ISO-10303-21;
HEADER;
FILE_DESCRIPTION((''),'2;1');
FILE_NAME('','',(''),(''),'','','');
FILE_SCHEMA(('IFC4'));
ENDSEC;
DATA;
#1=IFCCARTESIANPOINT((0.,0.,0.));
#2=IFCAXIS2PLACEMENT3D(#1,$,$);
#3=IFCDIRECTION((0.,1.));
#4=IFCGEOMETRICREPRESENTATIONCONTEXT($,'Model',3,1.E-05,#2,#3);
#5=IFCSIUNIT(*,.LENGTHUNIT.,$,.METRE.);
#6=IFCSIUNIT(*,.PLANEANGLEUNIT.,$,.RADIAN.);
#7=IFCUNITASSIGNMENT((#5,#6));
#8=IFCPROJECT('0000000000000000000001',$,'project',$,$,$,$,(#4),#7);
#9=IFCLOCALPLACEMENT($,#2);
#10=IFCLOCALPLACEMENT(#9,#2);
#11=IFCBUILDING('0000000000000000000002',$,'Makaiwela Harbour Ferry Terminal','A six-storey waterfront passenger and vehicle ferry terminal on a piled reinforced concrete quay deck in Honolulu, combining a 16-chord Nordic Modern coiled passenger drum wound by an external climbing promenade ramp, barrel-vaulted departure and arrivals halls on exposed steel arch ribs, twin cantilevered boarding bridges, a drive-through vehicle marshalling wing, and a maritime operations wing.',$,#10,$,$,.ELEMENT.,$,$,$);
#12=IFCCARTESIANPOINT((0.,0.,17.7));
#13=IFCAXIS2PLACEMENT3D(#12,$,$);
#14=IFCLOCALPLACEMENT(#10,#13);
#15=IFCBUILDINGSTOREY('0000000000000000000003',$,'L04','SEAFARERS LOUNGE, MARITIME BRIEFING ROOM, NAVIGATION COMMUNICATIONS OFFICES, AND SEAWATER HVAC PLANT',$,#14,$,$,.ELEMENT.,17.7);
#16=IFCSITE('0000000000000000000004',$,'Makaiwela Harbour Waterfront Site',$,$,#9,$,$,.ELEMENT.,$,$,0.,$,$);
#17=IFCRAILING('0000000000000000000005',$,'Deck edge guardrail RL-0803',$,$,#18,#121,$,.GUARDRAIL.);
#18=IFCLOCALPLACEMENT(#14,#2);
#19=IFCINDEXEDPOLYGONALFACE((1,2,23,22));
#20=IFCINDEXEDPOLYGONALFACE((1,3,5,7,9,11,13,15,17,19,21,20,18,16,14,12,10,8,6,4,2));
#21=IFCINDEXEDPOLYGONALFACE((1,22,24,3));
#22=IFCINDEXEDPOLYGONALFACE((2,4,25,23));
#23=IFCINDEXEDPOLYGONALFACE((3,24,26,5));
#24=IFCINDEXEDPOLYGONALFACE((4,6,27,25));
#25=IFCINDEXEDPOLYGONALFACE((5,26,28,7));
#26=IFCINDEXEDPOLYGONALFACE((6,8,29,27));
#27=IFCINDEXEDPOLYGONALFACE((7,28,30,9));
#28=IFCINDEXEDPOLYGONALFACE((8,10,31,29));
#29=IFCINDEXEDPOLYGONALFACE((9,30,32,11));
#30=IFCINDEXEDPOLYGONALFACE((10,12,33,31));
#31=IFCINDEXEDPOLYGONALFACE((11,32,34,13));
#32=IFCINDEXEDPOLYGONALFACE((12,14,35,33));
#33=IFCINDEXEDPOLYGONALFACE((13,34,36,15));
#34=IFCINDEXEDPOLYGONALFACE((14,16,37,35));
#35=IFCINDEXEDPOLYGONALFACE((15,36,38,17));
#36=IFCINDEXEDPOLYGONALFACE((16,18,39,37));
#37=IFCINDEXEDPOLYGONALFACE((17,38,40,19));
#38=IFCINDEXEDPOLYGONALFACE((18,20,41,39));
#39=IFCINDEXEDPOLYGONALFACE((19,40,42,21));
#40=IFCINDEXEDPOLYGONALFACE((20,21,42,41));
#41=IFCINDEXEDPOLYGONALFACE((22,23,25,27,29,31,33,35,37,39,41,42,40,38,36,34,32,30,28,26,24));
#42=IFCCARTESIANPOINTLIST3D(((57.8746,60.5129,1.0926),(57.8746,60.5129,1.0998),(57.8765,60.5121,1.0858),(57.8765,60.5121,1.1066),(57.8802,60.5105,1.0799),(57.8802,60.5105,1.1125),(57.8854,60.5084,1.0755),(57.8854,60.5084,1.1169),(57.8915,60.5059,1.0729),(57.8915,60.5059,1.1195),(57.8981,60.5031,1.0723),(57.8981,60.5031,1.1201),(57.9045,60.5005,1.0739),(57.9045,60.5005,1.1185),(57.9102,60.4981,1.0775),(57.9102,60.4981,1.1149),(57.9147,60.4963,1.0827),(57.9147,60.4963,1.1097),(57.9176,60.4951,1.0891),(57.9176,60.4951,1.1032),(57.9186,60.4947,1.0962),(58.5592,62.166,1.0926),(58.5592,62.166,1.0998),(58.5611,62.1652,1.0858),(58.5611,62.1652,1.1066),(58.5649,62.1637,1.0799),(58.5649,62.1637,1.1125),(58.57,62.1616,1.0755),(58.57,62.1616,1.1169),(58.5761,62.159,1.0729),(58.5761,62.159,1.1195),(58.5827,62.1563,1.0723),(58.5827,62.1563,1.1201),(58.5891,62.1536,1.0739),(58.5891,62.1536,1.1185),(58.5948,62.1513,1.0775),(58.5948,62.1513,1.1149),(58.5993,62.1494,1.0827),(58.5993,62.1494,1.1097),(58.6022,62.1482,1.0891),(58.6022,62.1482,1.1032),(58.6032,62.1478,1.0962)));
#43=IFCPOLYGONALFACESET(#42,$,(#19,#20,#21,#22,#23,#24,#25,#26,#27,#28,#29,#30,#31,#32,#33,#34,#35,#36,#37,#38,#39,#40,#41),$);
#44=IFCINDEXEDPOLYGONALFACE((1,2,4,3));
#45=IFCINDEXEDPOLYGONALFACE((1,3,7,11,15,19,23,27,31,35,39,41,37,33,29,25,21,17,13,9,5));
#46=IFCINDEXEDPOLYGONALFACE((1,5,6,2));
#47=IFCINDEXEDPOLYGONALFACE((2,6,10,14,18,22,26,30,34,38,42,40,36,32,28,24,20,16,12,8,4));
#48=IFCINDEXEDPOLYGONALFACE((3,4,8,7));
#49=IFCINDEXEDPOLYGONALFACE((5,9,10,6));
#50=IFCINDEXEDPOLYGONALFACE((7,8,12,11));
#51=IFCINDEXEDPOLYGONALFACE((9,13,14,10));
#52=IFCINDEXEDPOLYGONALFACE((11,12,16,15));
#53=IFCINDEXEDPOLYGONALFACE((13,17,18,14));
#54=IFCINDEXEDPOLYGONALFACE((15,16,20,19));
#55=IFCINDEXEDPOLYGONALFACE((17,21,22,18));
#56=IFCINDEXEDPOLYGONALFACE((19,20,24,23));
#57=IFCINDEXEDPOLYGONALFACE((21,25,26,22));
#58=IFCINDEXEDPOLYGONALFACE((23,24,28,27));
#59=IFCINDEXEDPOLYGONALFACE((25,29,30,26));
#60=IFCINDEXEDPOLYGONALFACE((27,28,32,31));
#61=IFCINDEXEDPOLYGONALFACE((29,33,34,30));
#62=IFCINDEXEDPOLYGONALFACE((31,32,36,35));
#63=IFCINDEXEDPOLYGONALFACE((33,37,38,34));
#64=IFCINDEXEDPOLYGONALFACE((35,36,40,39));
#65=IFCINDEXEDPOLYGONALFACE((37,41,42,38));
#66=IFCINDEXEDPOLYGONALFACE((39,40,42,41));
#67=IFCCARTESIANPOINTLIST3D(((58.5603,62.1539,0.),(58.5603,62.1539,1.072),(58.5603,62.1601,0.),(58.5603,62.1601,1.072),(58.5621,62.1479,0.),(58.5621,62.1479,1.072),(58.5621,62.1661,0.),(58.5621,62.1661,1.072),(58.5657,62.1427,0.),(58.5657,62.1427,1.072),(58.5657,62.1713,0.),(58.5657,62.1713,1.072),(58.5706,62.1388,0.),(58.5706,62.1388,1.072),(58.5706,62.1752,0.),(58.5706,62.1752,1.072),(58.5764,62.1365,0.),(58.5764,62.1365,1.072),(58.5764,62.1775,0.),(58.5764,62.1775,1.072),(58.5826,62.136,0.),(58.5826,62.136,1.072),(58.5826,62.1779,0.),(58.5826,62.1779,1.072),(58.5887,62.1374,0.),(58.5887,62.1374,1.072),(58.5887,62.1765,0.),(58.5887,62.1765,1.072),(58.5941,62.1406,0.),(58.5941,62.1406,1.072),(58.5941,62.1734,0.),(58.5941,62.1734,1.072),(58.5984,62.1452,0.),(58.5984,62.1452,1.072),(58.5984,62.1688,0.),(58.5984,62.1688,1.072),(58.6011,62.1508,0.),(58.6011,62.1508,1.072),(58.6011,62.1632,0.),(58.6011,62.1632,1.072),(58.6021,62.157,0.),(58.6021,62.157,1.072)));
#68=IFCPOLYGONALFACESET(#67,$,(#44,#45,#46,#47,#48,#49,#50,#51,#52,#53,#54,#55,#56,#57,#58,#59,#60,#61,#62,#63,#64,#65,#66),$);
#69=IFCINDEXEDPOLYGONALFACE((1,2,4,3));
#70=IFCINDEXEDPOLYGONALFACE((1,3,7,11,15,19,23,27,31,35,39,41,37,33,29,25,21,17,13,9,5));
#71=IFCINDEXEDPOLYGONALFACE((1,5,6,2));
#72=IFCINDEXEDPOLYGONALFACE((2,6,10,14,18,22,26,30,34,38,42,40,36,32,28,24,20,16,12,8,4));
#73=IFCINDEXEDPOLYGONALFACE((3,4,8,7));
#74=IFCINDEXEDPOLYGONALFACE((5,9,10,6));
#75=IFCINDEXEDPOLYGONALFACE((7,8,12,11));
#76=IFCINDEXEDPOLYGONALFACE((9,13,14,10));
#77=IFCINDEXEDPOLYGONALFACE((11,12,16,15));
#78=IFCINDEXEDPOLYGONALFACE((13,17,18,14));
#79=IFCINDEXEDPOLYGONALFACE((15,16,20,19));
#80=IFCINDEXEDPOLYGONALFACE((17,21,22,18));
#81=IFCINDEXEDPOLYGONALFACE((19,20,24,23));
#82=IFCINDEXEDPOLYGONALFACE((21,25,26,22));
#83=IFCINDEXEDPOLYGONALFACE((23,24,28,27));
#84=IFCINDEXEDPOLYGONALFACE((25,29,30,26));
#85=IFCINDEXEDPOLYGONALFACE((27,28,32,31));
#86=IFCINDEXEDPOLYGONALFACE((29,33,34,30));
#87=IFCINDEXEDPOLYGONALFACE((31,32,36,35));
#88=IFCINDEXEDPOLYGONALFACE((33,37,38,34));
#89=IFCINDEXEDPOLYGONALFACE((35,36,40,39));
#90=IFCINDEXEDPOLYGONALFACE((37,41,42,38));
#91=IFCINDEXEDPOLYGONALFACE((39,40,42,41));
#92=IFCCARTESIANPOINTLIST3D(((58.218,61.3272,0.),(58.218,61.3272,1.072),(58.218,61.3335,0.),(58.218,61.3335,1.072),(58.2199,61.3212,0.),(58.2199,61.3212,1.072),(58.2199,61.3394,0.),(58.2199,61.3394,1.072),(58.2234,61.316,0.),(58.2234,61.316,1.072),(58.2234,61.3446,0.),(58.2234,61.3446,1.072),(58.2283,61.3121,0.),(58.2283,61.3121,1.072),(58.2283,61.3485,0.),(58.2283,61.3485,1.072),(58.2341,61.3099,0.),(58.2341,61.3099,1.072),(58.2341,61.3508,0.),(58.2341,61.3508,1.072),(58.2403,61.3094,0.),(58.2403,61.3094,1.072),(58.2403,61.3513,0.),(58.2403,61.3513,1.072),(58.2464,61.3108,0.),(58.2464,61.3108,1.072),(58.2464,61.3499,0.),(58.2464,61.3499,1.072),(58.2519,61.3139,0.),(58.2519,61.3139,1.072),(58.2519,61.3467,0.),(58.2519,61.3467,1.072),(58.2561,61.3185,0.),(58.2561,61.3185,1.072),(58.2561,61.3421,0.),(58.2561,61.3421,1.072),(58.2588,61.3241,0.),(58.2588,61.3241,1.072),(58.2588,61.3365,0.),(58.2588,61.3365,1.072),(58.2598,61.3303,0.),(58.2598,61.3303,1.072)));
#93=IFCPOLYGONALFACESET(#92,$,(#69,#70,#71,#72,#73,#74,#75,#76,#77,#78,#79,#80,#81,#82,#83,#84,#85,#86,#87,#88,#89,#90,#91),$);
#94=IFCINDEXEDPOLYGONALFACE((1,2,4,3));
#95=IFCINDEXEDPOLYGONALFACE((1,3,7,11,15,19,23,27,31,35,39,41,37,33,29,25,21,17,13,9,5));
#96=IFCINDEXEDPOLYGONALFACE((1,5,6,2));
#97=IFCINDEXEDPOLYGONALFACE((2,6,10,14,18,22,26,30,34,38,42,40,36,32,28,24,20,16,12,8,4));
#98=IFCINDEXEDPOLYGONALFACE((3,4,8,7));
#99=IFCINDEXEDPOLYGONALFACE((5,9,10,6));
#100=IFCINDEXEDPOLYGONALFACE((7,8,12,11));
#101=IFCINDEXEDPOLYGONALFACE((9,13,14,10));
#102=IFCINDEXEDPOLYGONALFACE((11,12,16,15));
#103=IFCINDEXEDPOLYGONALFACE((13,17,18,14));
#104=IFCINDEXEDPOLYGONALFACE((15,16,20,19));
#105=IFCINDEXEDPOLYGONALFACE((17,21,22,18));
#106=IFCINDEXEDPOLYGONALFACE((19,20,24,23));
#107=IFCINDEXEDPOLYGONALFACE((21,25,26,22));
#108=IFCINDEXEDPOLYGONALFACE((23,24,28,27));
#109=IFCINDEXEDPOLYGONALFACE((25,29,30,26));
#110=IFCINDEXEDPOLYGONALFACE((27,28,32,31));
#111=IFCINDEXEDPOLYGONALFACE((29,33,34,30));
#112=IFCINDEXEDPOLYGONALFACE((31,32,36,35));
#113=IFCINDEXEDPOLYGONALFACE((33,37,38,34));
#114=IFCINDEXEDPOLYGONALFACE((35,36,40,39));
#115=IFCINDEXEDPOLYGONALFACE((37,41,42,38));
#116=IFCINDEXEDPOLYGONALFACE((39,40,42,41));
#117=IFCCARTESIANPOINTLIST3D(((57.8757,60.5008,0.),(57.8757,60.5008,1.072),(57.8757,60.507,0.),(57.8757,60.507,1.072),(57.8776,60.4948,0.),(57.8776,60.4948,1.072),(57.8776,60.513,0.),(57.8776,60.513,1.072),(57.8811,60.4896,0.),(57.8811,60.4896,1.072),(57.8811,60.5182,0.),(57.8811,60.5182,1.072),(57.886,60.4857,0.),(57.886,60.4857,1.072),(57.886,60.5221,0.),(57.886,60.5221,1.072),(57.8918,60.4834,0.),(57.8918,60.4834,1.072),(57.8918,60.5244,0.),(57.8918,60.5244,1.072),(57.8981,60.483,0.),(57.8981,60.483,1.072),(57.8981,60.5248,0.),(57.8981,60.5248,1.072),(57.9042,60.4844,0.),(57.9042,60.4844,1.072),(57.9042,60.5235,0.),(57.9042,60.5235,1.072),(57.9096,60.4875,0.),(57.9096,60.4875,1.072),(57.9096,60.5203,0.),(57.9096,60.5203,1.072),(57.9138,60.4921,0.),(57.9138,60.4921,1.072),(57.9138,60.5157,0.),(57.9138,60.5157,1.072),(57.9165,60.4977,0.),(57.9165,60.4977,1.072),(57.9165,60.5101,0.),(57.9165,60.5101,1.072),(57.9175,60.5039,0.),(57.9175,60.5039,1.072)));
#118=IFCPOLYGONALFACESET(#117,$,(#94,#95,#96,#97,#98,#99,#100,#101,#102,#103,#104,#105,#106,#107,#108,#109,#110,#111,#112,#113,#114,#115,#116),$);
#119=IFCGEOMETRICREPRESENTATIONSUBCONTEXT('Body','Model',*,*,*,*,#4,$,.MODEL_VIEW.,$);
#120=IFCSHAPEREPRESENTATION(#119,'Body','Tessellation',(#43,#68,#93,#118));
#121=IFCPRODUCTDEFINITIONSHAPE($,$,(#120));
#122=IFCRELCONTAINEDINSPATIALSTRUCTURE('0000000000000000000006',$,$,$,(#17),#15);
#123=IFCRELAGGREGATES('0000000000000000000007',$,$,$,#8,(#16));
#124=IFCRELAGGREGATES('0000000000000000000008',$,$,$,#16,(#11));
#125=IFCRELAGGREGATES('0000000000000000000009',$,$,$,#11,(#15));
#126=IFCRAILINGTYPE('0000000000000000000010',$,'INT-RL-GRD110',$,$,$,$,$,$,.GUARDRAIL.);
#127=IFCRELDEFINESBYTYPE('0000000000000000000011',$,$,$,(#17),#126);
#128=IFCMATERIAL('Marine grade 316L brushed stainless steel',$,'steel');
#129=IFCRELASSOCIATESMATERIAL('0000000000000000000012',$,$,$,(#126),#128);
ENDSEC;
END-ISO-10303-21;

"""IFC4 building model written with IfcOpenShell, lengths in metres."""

from ifc_helpers import new_model, si_unit, direction, frame, origin, origin_2d, place, context, subcontext, project, spatial, circle, extrude, material, type_object, element, save


model = new_model("IFC4")

# Units and contexts
model_context = context("Model", 3, precision=1e-05, world=origin(), true_north=direction((0.0, 1.0)))
body_context = subcontext(model_context, "Body", "Model", "MODEL_VIEW")
ifc_project = project(units=[si_unit("LENGTHUNIT", "METRE"), si_unit("PLANEANGLEUNIT", "RADIAN")], contexts=[model_context])

# Site, building, storey
site_placement = place(None, origin())
site = spatial("IfcSite", under=ifc_project, at=site_placement, Name="Makaiwela Harbour Waterfront Site", CompositionType="ELEMENT", RefElevation=0.0)
building_placement = place(site_placement, origin())
building = spatial("IfcBuilding", under=site, at=building_placement, Name="Makaiwela Harbour Ferry Terminal", Description="A six-storey waterfront passenger and vehicle ferry terminal on a piled reinforced concrete quay deck in Honolulu, combining a 16-chord Nordic Modern coiled passenger drum wound by an external climbing promenade ramp, barrel-vaulted departure and arrivals halls on exposed steel arch ribs, twin cantilevered boarding bridges, a drive-through vehicle marshalling wing, and a maritime operations wing.", CompositionType="ELEMENT")
storey_placement = place(building_placement, frame((0.0, 0.0, 17.7)))
storey = spatial("IfcBuildingStorey", under=building, at=storey_placement, Name="L04", Description="SEAFARERS LOUNGE, MARITIME BRIEFING ROOM, NAVIGATION COMMUNICATIONS OFFICES, AND SEAWATER HVAC PLANT", CompositionType="ELEMENT", Elevation=17.7)

# Railing
ifc_material_1 = material(Name="Marine grade 316L brushed stainless steel", Category="steel")
railing_type = type_object("IfcRailingType", Name="INT-RL-GRD110", PredefinedType="GUARDRAIL", material=ifc_material_1)
railing_1_placement = place(storey_placement, frame((58.5811, 62.157, 0.0)))
element("IfcRailing", 1, at=railing_1_placement, inside=storey, type_object=railing_type, Name="Deck edge guardrail RL-0803", PredefinedType="GUARDRAIL", context=body_context, shape_type="SweptSolid", body=[
    extrude(circle(Radius=0.0239, at=origin_2d()), frame((0.0, 0.0, 1.0962), z_axis=(-0.382609, -0.92391, 0.0), x_axis=(0.92391, -0.382609, 0.0)), (0.0, 0.0, 1.0), 1.7893),
    extrude(circle(Radius=0.021, at=origin_2d()), origin(), (0.0, 0.0, 1.0), 1.072),
    extrude(circle(Radius=0.021, at=origin_2d()), frame((-0.3423, -0.8267, 0.0)), (0.0, 0.0, 1.0), 1.072),
    extrude(circle(Radius=0.021, at=origin_2d()), frame((-0.6846, -1.6531, 0.0)), (0.0, 0.0, 1.0), 1.072),
])

save(model, "model.ifc")
